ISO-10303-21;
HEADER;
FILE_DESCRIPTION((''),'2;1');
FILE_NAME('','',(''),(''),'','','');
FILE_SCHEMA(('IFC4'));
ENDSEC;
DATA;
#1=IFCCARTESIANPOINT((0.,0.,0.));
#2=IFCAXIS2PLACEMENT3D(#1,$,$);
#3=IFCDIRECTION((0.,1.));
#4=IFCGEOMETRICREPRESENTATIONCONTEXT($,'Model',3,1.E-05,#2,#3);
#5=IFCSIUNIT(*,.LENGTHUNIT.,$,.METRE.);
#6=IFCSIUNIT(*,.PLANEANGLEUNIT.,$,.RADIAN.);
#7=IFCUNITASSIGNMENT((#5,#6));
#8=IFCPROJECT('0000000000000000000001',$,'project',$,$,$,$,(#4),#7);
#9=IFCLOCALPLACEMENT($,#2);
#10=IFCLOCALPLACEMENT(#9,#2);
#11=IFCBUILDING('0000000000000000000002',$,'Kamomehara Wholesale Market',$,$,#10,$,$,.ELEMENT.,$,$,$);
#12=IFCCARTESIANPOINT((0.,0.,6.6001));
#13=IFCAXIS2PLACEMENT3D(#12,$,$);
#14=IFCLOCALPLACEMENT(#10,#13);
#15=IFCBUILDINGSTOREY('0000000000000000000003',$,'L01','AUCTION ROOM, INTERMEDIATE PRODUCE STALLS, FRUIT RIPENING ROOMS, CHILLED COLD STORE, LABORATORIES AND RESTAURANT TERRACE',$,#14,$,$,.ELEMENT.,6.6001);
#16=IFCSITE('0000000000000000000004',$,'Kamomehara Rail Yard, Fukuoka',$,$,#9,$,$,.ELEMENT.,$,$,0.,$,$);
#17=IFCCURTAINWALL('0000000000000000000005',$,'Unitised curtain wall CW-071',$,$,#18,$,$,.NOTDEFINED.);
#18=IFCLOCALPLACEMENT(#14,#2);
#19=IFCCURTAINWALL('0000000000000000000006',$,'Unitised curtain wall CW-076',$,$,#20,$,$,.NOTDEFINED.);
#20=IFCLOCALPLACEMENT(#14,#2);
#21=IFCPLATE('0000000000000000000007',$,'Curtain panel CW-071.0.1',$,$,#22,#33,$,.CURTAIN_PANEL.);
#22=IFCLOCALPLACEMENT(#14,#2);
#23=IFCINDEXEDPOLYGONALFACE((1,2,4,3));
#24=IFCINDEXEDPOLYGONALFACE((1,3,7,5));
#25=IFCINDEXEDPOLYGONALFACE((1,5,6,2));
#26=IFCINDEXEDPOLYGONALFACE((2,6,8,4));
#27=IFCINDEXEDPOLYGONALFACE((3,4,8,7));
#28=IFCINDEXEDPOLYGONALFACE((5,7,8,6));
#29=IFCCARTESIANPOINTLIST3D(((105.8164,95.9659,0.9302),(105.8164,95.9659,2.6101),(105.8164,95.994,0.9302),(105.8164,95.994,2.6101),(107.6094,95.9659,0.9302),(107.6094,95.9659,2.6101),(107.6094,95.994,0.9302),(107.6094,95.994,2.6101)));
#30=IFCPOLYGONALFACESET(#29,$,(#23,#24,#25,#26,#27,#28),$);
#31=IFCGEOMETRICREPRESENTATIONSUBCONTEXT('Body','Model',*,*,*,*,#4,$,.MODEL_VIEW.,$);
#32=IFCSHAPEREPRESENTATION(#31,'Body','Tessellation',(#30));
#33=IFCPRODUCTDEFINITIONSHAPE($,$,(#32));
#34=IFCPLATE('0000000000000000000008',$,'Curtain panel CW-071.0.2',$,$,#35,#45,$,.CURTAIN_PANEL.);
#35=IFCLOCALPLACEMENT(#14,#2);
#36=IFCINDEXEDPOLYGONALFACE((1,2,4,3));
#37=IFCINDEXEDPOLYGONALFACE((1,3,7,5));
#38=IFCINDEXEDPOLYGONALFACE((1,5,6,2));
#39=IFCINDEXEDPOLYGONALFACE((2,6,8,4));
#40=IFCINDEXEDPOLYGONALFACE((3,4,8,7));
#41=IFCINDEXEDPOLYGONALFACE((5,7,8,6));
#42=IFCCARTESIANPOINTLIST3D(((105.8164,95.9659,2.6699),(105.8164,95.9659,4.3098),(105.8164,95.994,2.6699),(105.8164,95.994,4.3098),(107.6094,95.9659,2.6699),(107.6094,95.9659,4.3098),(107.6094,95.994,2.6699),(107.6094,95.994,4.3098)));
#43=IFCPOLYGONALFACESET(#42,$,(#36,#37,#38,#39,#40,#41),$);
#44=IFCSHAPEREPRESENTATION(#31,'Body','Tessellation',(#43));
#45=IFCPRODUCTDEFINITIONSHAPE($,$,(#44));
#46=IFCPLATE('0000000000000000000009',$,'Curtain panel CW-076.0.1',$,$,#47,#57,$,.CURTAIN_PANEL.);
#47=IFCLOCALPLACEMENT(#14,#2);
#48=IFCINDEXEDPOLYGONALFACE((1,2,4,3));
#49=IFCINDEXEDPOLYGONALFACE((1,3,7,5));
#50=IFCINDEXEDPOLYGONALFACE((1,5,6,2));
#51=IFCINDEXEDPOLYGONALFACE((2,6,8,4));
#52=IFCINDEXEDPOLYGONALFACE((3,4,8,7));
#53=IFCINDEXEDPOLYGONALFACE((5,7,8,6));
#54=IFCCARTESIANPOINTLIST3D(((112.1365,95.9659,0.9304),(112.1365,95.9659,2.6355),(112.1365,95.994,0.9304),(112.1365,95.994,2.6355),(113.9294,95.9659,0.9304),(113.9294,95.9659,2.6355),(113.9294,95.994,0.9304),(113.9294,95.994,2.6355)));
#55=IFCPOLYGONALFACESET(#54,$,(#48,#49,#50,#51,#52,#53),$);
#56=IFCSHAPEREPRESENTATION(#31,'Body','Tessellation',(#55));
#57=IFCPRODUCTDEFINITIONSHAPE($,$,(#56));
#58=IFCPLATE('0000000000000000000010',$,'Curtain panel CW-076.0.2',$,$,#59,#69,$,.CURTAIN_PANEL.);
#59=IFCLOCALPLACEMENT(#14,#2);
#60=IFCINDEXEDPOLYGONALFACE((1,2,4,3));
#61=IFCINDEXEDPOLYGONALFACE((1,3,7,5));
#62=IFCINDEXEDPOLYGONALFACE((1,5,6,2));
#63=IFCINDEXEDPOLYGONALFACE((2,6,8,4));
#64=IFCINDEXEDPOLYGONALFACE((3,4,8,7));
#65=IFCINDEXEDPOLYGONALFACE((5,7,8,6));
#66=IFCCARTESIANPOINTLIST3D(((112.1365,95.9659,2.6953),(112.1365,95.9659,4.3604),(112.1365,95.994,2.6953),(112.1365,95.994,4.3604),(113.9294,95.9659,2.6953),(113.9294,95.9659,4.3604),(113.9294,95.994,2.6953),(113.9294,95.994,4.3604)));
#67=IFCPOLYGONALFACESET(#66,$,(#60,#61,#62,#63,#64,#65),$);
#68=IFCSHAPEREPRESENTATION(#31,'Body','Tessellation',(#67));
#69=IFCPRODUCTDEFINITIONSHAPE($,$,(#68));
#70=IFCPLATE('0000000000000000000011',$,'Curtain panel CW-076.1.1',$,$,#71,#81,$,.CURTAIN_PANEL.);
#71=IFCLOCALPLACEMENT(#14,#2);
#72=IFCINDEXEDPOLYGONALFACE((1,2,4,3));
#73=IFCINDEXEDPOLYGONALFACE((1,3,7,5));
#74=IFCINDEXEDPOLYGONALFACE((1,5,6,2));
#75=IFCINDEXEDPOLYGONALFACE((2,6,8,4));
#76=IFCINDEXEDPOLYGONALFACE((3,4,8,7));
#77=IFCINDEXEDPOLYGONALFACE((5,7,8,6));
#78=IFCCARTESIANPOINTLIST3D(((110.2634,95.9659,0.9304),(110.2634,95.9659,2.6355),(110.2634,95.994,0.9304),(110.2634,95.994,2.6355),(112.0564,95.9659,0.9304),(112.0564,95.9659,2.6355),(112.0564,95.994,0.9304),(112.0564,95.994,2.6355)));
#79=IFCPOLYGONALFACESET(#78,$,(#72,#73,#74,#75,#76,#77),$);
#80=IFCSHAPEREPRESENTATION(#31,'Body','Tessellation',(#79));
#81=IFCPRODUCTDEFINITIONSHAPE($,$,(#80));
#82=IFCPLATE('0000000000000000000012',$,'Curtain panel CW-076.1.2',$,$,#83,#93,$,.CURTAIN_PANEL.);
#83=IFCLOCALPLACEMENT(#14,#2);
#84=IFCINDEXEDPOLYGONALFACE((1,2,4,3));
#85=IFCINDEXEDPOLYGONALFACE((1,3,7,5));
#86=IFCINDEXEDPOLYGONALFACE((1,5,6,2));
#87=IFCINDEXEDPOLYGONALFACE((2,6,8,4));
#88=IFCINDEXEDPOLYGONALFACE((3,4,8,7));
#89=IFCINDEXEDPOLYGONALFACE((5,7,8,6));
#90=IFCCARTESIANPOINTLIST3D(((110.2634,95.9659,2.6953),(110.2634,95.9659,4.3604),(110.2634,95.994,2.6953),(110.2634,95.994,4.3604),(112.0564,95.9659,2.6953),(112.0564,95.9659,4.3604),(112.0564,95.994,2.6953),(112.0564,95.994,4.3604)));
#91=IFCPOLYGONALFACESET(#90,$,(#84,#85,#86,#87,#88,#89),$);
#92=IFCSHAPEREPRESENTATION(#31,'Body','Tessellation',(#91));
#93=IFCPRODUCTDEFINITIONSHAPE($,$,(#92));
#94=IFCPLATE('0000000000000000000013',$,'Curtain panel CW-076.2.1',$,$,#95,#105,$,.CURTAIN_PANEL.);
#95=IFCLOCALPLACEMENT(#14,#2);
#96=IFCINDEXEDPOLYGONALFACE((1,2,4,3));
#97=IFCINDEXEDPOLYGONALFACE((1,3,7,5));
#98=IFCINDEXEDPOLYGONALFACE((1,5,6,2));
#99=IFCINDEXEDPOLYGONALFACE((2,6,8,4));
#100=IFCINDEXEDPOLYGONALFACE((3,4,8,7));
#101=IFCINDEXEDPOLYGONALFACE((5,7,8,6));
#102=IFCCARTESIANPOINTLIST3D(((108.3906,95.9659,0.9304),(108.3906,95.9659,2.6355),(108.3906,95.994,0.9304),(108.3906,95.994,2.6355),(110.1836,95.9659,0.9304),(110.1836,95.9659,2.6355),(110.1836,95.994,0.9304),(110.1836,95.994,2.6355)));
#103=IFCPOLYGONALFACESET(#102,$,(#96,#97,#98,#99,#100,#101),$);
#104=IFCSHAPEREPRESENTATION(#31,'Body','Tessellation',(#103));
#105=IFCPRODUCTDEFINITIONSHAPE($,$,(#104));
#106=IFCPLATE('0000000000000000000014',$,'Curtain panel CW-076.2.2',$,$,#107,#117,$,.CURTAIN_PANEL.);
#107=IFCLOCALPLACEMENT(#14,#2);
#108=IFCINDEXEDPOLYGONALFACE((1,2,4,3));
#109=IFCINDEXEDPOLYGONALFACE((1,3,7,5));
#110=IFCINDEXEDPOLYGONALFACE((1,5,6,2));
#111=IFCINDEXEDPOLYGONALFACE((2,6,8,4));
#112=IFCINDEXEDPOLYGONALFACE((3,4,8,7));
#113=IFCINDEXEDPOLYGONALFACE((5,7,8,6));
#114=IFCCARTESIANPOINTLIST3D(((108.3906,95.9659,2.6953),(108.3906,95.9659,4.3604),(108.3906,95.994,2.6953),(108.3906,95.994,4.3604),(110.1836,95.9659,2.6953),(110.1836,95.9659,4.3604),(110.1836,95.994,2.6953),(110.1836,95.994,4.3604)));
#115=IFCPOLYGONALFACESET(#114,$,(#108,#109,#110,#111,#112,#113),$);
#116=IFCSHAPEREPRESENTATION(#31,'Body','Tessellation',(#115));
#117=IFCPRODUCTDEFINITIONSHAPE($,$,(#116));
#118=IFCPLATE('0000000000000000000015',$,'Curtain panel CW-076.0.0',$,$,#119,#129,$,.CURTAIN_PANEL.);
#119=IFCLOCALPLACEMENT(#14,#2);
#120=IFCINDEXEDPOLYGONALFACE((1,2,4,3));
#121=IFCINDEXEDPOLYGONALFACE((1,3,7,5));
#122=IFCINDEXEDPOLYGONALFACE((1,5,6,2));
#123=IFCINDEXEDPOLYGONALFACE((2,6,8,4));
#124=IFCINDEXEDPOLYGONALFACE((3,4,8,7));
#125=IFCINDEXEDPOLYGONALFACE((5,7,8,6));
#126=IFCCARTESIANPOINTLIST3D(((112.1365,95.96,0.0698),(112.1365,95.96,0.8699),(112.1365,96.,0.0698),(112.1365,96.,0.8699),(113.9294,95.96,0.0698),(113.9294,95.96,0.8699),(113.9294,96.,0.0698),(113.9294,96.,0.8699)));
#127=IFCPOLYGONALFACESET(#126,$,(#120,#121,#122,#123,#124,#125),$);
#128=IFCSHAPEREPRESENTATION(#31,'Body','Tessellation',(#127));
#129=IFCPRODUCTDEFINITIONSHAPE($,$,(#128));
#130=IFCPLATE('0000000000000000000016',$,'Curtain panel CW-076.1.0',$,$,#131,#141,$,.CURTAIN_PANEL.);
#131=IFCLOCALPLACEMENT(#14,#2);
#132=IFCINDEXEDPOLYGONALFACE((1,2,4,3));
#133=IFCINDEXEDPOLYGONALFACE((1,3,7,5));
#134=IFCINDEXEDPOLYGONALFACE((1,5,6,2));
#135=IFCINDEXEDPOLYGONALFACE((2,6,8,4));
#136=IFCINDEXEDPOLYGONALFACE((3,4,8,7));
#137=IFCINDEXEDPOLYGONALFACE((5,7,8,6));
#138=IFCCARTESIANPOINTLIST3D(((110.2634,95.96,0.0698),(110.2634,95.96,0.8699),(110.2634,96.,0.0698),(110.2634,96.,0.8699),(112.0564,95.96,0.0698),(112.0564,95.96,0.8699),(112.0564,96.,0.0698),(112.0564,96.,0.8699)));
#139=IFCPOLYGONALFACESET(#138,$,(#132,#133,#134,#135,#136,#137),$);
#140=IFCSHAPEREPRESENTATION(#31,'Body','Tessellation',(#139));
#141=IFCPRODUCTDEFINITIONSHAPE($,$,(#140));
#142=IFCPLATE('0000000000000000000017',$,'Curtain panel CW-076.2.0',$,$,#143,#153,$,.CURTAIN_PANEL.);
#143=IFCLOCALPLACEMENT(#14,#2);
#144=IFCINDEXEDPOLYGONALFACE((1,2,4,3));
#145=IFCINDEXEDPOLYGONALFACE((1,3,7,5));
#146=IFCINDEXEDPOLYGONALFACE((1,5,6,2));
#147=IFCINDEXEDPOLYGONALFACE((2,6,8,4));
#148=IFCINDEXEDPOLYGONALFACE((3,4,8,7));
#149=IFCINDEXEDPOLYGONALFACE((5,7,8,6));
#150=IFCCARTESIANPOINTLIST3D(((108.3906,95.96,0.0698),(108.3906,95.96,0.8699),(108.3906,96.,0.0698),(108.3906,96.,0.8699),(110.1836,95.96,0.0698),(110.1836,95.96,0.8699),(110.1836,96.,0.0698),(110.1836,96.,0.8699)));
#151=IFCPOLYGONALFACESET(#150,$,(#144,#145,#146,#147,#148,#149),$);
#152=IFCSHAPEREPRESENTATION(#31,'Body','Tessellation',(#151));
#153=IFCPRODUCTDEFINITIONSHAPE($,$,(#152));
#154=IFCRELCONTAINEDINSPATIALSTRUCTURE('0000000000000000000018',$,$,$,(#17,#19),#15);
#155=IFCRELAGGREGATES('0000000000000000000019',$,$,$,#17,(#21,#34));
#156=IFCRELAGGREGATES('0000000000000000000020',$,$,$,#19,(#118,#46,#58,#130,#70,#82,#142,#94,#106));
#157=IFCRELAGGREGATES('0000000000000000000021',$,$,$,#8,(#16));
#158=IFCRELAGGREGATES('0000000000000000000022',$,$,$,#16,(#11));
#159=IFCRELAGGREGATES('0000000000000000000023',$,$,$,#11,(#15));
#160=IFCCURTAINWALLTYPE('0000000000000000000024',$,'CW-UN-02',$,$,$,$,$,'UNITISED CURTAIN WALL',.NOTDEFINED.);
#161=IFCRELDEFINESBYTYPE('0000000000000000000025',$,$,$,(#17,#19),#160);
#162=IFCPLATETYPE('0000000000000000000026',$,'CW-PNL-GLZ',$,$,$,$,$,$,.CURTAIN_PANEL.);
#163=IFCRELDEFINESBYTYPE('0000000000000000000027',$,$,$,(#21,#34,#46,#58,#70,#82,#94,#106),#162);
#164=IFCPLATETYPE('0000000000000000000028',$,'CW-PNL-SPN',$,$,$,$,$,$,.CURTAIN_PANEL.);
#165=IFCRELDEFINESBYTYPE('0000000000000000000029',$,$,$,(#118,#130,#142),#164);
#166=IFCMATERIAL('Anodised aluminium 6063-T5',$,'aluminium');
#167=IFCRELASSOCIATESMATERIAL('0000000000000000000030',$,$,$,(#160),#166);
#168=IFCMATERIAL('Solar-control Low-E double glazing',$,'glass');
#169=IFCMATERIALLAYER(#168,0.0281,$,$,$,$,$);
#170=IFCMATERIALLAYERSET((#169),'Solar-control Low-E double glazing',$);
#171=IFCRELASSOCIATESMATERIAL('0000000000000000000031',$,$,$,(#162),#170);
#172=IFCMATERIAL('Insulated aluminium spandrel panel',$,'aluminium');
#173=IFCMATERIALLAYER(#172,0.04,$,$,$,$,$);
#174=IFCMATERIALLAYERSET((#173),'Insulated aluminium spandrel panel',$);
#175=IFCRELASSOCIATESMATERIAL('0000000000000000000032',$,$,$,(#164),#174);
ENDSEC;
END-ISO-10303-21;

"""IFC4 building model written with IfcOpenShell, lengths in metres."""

from ifc_helpers import new_model, si_unit, direction, frame, origin, origin_2d, place, context, subcontext, project, spatial, rectangle, extrude, material, layer, layer_set, type_object, element, aggregate, save


model = new_model("IFC4")

# Units and contexts
model_context = context("Model", 3, precision=1e-05, world=origin(), true_north=direction((0.0, 1.0)))
body_context = subcontext(model_context, "Body", "Model", "MODEL_VIEW")
ifc_project = project(units=[si_unit("LENGTHUNIT", "METRE"), si_unit("PLANEANGLEUNIT", "RADIAN")], contexts=[model_context])

# Site, building, storey
site_placement = place(None, origin())
site = spatial("IfcSite", under=ifc_project, at=site_placement, Name="Kamomehara Rail Yard, Fukuoka", CompositionType="ELEMENT", RefElevation=0.0)
building_placement = place(site_placement, origin())
building = spatial("IfcBuilding", under=site, at=building_placement, Name="Kamomehara Wholesale Market", CompositionType="ELEMENT")
storey_placement = place(building_placement, frame((0.0, 0.0, 6.6001)))
storey = spatial("IfcBuildingStorey", under=building, at=storey_placement, Name="L01", Description="AUCTION ROOM, INTERMEDIATE PRODUCE STALLS, FRUIT RIPENING ROOMS, CHILLED COLD STORE, LABORATORIES AND RESTAURANT TERRACE", CompositionType="ELEMENT", Elevation=6.6001)

# Curtain wall
ifc_material_1 = material(Name="Anodised aluminium 6063-T5", Category="aluminium")
curtain_wall_type = type_object("IfcCurtainWallType", Name="CW-UN-02", ElementType="UNITISED CURTAIN WALL", PredefinedType="NOTDEFINED", material=ifc_material_1)
curtain_wall_1_placement = place(storey_placement, origin())
curtain_wall_1 = element("IfcCurtainWall", 1, at=curtain_wall_1_placement, inside=storey, type_object=curtain_wall_type, Name="Unitised curtain wall CW-071", PredefinedType="NOTDEFINED")

# Curtain wall
curtain_wall_2_placement = place(storey_placement, origin())
curtain_wall_2 = element("IfcCurtainWall", 2, at=curtain_wall_2_placement, inside=storey, type_object=curtain_wall_type, Name="Unitised curtain wall CW-076", PredefinedType="NOTDEFINED")

# Plates
ifc_material_2 = material(Name="Solar-control Low-E double glazing", Category="glass")
ifc_layer_1 = layer(ifc_material_2, 0.0281)
ifc_layer_set_1 = layer_set([ifc_layer_1], Name="Solar-control Low-E double glazing")
plate_type_1 = type_object("IfcPlateType", Name="CW-PNL-GLZ", PredefinedType="CURTAIN_PANEL", material=ifc_layer_set_1)
plate_1_placement = place(storey_placement, frame((106.7129, 95.98, 0.9302), z_axis=(0.0, 0.0, 1.0), x_axis=(-1.0, 0.0, 0.0)))
plate_1 = element("IfcPlate", 3, at=plate_1_placement, type_object=plate_type_1, Name="Curtain panel CW-071.0.1", PredefinedType="CURTAIN_PANEL", context=body_context, shape_type="SweptSolid", body=[
    extrude(rectangle(XDim=1.793, YDim=0.0281, at=origin_2d()), origin(), (0.0, 0.0, 1.0), 1.6799),
])
plate_2_placement = place(storey_placement, frame((106.7129, 95.98, 2.6699), z_axis=(0.0, 0.0, 1.0), x_axis=(-1.0, 0.0, 0.0)))
plate_2 = element("IfcPlate", 4, at=plate_2_placement, type_object=plate_type_1, Name="Curtain panel CW-071.0.2", PredefinedType="CURTAIN_PANEL", context=body_context, shape_type="SweptSolid", body=[
    extrude(rectangle(XDim=1.793, YDim=0.0281, at=origin_2d()), origin(), (0.0, 0.0, 1.0), 1.6399),
])
aggregate(curtain_wall_1, [plate_1, plate_2])
plate_3_placement = place(storey_placement, frame((113.033, 95.98, 0.9304), z_axis=(0.0, 0.0, 1.0), x_axis=(-1.0, 0.0, 0.0)))
plate_3 = element("IfcPlate", 5, at=plate_3_placement, type_object=plate_type_1, Name="Curtain panel CW-076.0.1", PredefinedType="CURTAIN_PANEL", context=body_context, shape_type="SweptSolid", body=[
    extrude(rectangle(XDim=1.793, YDim=0.0281, at=origin_2d()), origin(), (0.0, 0.0, 1.0), 1.7051),
])
plate_4_placement = place(storey_placement, frame((113.033, 95.98, 2.6953), z_axis=(0.0, 0.0, 1.0), x_axis=(-1.0, 0.0, 0.0)))
plate_4 = element("IfcPlate", 6, at=plate_4_placement, type_object=plate_type_1, Name="Curtain panel CW-076.0.2", PredefinedType="CURTAIN_PANEL", context=body_context, shape_type="SweptSolid", body=[
    extrude(rectangle(XDim=1.793, YDim=0.0281, at=origin_2d()), origin(), (0.0, 0.0, 1.0), 1.665),
])
plate_5_placement = place(storey_placement, frame((111.1599, 95.98, 0.9304), z_axis=(0.0, 0.0, 1.0), x_axis=(-1.0, 0.0, 0.0)))
plate_5 = element("IfcPlate", 7, at=plate_5_placement, type_object=plate_type_1, Name="Curtain panel CW-076.1.1", PredefinedType="CURTAIN_PANEL", context=body_context, shape_type="SweptSolid", body=[
    extrude(rectangle(XDim=1.793, YDim=0.0281, at=origin_2d()), origin(), (0.0, 0.0, 1.0), 1.7051),
])
plate_6_placement = place(storey_placement, frame((111.1599, 95.98, 2.6953), z_axis=(0.0, 0.0, 1.0), x_axis=(-1.0, 0.0, 0.0)))
plate_6 = element("IfcPlate", 8, at=plate_6_placement, type_object=plate_type_1, Name="Curtain panel CW-076.1.2", PredefinedType="CURTAIN_PANEL", context=body_context, shape_type="SweptSolid", body=[
    extrude(rectangle(XDim=1.793, YDim=0.0281, at=origin_2d()), origin(), (0.0, 0.0, 1.0), 1.665),
])
plate_7_placement = place(storey_placement, frame((109.2871, 95.98, 0.9304), z_axis=(0.0, 0.0, 1.0), x_axis=(-1.0, 0.0, 0.0)))
plate_7 = element("IfcPlate", 9, at=plate_7_placement, type_object=plate_type_1, Name="Curtain panel CW-076.2.1", PredefinedType="CURTAIN_PANEL", context=body_context, shape_type="SweptSolid", body=[
    extrude(rectangle(XDim=1.793, YDim=0.0281, at=origin_2d()), origin(), (0.0, 0.0, 1.0), 1.7051),
])
plate_8_placement = place(storey_placement, frame((109.2871, 95.98, 2.6953), z_axis=(0.0, 0.0, 1.0), x_axis=(-1.0, 0.0, 0.0)))
plate_8 = element("IfcPlate", 10, at=plate_8_placement, type_object=plate_type_1, Name="Curtain panel CW-076.2.2", PredefinedType="CURTAIN_PANEL", context=body_context, shape_type="SweptSolid", body=[
    extrude(rectangle(XDim=1.793, YDim=0.0281, at=origin_2d()), origin(), (0.0, 0.0, 1.0), 1.665),
])
ifc_material_3 = material(Name="Insulated aluminium spandrel panel", Category="aluminium")
ifc_layer_2 = layer(ifc_material_3, 0.04)
ifc_layer_set_2 = layer_set([ifc_layer_2], Name="Insulated aluminium spandrel panel")
plate_type_2 = type_object("IfcPlateType", Name="CW-PNL-SPN", PredefinedType="CURTAIN_PANEL", material=ifc_layer_set_2)
plate_9_placement = place(storey_placement, frame((113.033, 95.98, 0.0698), z_axis=(0.0, 0.0, 1.0), x_axis=(-1.0, 0.0, 0.0)))
plate_9 = element("IfcPlate", 11, at=plate_9_placement, type_object=plate_type_2, Name="Curtain panel CW-076.0.0", PredefinedType="CURTAIN_PANEL", context=body_context, shape_type="SweptSolid", body=[
    extrude(rectangle(XDim=1.793, YDim=0.04, at=origin_2d()), origin(), (0.0, 0.0, 1.0), 0.8),
])
plate_10_placement = place(storey_placement, frame((111.1599, 95.98, 0.0698), z_axis=(0.0, 0.0, 1.0), x_axis=(-1.0, 0.0, 0.0)))
plate_10 = element("IfcPlate", 12, at=plate_10_placement, type_object=plate_type_2, Name="Curtain panel CW-076.1.0", PredefinedType="CURTAIN_PANEL", context=body_context, shape_type="SweptSolid", body=[
    extrude(rectangle(XDim=1.793, YDim=0.04, at=origin_2d()), origin(), (0.0, 0.0, 1.0), 0.8),
])
plate_11_placement = place(storey_placement, frame((109.2871, 95.98, 0.0698), z_axis=(0.0, 0.0, 1.0), x_axis=(-1.0, 0.0, 0.0)))
plate_11 = element("IfcPlate", 13, at=plate_11_placement, type_object=plate_type_2, Name="Curtain panel CW-076.2.0", PredefinedType="CURTAIN_PANEL", context=body_context, shape_type="SweptSolid", body=[
    extrude(rectangle(XDim=1.793, YDim=0.04, at=origin_2d()), origin(), (0.0, 0.0, 1.0), 0.8),
])
aggregate(curtain_wall_2, [plate_9, plate_3, plate_4, plate_10, plate_5, plate_6, plate_11, plate_7, plate_8])

save(model, "model.ifc")
